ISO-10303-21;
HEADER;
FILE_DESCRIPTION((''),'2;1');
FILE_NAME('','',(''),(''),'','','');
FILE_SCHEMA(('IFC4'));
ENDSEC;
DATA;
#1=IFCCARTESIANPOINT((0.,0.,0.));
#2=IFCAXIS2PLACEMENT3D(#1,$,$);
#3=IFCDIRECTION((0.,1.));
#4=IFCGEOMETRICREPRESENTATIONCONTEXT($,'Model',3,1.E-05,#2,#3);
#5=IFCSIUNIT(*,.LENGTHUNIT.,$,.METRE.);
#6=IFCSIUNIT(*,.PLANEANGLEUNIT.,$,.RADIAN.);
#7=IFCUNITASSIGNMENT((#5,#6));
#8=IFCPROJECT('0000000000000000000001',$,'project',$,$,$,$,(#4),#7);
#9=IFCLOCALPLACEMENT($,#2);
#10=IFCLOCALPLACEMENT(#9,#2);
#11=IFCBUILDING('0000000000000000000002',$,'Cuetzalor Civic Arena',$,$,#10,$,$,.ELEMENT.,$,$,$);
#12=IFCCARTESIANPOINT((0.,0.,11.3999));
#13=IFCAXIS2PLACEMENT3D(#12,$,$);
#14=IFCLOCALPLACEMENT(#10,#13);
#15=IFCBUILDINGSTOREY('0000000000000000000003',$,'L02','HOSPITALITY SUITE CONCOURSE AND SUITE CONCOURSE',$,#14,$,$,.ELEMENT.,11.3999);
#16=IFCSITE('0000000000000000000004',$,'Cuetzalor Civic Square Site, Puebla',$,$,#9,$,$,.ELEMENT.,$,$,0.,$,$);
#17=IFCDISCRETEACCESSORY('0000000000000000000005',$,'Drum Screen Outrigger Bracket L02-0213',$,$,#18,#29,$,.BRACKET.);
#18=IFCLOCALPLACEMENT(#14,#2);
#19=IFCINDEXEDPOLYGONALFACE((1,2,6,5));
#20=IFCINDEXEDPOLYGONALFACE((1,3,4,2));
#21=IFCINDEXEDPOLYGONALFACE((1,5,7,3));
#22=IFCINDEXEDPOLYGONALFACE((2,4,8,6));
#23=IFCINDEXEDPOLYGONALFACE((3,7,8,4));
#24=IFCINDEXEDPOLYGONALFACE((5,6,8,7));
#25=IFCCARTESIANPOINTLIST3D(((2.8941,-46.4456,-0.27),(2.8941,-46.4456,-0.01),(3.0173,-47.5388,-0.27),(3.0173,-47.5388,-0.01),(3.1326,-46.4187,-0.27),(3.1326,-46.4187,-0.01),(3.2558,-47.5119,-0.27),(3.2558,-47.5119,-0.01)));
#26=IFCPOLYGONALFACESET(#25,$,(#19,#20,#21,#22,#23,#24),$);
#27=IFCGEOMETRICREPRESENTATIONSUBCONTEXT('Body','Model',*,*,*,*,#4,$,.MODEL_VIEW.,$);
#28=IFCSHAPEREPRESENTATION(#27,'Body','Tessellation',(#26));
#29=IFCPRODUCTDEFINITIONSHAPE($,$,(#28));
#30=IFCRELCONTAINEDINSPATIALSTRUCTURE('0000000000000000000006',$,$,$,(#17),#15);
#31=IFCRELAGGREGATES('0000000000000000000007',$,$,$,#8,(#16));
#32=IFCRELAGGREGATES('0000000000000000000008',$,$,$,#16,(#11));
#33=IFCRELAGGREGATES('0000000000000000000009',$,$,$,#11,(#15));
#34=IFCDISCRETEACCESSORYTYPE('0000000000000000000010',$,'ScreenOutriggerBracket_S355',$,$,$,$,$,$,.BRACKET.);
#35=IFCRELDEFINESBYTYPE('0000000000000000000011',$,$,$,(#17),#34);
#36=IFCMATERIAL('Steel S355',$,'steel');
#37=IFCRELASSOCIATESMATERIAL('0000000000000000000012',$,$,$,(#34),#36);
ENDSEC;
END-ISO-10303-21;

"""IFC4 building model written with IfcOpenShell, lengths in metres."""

from ifc_helpers import new_model, si_unit, direction, frame, origin, origin_2d, place, context, subcontext, project, spatial, rectangle, extrude, material, type_object, element, save


model = new_model("IFC4")

# Units and contexts
model_context = context("Model", 3, precision=1e-05, world=origin(), true_north=direction((0.0, 1.0)))
body_context = subcontext(model_context, "Body", "Model", "MODEL_VIEW")
ifc_project = project(units=[si_unit("LENGTHUNIT", "METRE"), si_unit("PLANEANGLEUNIT", "RADIAN")], contexts=[model_context])

# Site, building, storey
site_placement = place(None, origin())
site = spatial("IfcSite", under=ifc_project, at=site_placement, Name="Cuetzalor Civic Square Site, Puebla", CompositionType="ELEMENT", RefElevation=0.0)
building_placement = place(site_placement, origin())
building = spatial("IfcBuilding", under=site, at=building_placement, Name="Cuetzalor Civic Arena", CompositionType="ELEMENT")
storey_placement = place(building_placement, frame((0.0, 0.0, 11.3999)))
storey = spatial("IfcBuildingStorey", under=building, at=storey_placement, Name="L02", Description="HOSPITALITY SUITE CONCOURSE AND SUITE CONCOURSE", CompositionType="ELEMENT", Elevation=11.3999)

# Discrete accessory
ifc_material_1 = material(Name="Steel S355", Category="steel")
discrete_accessory_type = type_object("IfcDiscreteAccessoryType", Name="ScreenOutriggerBracket_S355", PredefinedType="BRACKET", material=ifc_material_1)
for number, where, z_axis, x_axis, name in (
    (1, (3.075, -46.9788, -0.27), (0.0, 0.0, 1.0), (0.111989, -0.993709, 0.0), "Drum Screen Outrigger Bracket L02-0213"),
):
    element("IfcDiscreteAccessory", number, at=place(storey_placement, frame(where, z_axis=z_axis, x_axis=x_axis)), inside=storey, type_object=discrete_accessory_type, Name=name, PredefinedType="BRACKET", context=body_context, shape_type="SweptSolid", body=[
        extrude(rectangle(XDim=1.1001, YDim=0.24, at=origin_2d()), origin(), (0.0, 0.0, 1.0), 0.26),
    ])

save(model, "model.ifc")
